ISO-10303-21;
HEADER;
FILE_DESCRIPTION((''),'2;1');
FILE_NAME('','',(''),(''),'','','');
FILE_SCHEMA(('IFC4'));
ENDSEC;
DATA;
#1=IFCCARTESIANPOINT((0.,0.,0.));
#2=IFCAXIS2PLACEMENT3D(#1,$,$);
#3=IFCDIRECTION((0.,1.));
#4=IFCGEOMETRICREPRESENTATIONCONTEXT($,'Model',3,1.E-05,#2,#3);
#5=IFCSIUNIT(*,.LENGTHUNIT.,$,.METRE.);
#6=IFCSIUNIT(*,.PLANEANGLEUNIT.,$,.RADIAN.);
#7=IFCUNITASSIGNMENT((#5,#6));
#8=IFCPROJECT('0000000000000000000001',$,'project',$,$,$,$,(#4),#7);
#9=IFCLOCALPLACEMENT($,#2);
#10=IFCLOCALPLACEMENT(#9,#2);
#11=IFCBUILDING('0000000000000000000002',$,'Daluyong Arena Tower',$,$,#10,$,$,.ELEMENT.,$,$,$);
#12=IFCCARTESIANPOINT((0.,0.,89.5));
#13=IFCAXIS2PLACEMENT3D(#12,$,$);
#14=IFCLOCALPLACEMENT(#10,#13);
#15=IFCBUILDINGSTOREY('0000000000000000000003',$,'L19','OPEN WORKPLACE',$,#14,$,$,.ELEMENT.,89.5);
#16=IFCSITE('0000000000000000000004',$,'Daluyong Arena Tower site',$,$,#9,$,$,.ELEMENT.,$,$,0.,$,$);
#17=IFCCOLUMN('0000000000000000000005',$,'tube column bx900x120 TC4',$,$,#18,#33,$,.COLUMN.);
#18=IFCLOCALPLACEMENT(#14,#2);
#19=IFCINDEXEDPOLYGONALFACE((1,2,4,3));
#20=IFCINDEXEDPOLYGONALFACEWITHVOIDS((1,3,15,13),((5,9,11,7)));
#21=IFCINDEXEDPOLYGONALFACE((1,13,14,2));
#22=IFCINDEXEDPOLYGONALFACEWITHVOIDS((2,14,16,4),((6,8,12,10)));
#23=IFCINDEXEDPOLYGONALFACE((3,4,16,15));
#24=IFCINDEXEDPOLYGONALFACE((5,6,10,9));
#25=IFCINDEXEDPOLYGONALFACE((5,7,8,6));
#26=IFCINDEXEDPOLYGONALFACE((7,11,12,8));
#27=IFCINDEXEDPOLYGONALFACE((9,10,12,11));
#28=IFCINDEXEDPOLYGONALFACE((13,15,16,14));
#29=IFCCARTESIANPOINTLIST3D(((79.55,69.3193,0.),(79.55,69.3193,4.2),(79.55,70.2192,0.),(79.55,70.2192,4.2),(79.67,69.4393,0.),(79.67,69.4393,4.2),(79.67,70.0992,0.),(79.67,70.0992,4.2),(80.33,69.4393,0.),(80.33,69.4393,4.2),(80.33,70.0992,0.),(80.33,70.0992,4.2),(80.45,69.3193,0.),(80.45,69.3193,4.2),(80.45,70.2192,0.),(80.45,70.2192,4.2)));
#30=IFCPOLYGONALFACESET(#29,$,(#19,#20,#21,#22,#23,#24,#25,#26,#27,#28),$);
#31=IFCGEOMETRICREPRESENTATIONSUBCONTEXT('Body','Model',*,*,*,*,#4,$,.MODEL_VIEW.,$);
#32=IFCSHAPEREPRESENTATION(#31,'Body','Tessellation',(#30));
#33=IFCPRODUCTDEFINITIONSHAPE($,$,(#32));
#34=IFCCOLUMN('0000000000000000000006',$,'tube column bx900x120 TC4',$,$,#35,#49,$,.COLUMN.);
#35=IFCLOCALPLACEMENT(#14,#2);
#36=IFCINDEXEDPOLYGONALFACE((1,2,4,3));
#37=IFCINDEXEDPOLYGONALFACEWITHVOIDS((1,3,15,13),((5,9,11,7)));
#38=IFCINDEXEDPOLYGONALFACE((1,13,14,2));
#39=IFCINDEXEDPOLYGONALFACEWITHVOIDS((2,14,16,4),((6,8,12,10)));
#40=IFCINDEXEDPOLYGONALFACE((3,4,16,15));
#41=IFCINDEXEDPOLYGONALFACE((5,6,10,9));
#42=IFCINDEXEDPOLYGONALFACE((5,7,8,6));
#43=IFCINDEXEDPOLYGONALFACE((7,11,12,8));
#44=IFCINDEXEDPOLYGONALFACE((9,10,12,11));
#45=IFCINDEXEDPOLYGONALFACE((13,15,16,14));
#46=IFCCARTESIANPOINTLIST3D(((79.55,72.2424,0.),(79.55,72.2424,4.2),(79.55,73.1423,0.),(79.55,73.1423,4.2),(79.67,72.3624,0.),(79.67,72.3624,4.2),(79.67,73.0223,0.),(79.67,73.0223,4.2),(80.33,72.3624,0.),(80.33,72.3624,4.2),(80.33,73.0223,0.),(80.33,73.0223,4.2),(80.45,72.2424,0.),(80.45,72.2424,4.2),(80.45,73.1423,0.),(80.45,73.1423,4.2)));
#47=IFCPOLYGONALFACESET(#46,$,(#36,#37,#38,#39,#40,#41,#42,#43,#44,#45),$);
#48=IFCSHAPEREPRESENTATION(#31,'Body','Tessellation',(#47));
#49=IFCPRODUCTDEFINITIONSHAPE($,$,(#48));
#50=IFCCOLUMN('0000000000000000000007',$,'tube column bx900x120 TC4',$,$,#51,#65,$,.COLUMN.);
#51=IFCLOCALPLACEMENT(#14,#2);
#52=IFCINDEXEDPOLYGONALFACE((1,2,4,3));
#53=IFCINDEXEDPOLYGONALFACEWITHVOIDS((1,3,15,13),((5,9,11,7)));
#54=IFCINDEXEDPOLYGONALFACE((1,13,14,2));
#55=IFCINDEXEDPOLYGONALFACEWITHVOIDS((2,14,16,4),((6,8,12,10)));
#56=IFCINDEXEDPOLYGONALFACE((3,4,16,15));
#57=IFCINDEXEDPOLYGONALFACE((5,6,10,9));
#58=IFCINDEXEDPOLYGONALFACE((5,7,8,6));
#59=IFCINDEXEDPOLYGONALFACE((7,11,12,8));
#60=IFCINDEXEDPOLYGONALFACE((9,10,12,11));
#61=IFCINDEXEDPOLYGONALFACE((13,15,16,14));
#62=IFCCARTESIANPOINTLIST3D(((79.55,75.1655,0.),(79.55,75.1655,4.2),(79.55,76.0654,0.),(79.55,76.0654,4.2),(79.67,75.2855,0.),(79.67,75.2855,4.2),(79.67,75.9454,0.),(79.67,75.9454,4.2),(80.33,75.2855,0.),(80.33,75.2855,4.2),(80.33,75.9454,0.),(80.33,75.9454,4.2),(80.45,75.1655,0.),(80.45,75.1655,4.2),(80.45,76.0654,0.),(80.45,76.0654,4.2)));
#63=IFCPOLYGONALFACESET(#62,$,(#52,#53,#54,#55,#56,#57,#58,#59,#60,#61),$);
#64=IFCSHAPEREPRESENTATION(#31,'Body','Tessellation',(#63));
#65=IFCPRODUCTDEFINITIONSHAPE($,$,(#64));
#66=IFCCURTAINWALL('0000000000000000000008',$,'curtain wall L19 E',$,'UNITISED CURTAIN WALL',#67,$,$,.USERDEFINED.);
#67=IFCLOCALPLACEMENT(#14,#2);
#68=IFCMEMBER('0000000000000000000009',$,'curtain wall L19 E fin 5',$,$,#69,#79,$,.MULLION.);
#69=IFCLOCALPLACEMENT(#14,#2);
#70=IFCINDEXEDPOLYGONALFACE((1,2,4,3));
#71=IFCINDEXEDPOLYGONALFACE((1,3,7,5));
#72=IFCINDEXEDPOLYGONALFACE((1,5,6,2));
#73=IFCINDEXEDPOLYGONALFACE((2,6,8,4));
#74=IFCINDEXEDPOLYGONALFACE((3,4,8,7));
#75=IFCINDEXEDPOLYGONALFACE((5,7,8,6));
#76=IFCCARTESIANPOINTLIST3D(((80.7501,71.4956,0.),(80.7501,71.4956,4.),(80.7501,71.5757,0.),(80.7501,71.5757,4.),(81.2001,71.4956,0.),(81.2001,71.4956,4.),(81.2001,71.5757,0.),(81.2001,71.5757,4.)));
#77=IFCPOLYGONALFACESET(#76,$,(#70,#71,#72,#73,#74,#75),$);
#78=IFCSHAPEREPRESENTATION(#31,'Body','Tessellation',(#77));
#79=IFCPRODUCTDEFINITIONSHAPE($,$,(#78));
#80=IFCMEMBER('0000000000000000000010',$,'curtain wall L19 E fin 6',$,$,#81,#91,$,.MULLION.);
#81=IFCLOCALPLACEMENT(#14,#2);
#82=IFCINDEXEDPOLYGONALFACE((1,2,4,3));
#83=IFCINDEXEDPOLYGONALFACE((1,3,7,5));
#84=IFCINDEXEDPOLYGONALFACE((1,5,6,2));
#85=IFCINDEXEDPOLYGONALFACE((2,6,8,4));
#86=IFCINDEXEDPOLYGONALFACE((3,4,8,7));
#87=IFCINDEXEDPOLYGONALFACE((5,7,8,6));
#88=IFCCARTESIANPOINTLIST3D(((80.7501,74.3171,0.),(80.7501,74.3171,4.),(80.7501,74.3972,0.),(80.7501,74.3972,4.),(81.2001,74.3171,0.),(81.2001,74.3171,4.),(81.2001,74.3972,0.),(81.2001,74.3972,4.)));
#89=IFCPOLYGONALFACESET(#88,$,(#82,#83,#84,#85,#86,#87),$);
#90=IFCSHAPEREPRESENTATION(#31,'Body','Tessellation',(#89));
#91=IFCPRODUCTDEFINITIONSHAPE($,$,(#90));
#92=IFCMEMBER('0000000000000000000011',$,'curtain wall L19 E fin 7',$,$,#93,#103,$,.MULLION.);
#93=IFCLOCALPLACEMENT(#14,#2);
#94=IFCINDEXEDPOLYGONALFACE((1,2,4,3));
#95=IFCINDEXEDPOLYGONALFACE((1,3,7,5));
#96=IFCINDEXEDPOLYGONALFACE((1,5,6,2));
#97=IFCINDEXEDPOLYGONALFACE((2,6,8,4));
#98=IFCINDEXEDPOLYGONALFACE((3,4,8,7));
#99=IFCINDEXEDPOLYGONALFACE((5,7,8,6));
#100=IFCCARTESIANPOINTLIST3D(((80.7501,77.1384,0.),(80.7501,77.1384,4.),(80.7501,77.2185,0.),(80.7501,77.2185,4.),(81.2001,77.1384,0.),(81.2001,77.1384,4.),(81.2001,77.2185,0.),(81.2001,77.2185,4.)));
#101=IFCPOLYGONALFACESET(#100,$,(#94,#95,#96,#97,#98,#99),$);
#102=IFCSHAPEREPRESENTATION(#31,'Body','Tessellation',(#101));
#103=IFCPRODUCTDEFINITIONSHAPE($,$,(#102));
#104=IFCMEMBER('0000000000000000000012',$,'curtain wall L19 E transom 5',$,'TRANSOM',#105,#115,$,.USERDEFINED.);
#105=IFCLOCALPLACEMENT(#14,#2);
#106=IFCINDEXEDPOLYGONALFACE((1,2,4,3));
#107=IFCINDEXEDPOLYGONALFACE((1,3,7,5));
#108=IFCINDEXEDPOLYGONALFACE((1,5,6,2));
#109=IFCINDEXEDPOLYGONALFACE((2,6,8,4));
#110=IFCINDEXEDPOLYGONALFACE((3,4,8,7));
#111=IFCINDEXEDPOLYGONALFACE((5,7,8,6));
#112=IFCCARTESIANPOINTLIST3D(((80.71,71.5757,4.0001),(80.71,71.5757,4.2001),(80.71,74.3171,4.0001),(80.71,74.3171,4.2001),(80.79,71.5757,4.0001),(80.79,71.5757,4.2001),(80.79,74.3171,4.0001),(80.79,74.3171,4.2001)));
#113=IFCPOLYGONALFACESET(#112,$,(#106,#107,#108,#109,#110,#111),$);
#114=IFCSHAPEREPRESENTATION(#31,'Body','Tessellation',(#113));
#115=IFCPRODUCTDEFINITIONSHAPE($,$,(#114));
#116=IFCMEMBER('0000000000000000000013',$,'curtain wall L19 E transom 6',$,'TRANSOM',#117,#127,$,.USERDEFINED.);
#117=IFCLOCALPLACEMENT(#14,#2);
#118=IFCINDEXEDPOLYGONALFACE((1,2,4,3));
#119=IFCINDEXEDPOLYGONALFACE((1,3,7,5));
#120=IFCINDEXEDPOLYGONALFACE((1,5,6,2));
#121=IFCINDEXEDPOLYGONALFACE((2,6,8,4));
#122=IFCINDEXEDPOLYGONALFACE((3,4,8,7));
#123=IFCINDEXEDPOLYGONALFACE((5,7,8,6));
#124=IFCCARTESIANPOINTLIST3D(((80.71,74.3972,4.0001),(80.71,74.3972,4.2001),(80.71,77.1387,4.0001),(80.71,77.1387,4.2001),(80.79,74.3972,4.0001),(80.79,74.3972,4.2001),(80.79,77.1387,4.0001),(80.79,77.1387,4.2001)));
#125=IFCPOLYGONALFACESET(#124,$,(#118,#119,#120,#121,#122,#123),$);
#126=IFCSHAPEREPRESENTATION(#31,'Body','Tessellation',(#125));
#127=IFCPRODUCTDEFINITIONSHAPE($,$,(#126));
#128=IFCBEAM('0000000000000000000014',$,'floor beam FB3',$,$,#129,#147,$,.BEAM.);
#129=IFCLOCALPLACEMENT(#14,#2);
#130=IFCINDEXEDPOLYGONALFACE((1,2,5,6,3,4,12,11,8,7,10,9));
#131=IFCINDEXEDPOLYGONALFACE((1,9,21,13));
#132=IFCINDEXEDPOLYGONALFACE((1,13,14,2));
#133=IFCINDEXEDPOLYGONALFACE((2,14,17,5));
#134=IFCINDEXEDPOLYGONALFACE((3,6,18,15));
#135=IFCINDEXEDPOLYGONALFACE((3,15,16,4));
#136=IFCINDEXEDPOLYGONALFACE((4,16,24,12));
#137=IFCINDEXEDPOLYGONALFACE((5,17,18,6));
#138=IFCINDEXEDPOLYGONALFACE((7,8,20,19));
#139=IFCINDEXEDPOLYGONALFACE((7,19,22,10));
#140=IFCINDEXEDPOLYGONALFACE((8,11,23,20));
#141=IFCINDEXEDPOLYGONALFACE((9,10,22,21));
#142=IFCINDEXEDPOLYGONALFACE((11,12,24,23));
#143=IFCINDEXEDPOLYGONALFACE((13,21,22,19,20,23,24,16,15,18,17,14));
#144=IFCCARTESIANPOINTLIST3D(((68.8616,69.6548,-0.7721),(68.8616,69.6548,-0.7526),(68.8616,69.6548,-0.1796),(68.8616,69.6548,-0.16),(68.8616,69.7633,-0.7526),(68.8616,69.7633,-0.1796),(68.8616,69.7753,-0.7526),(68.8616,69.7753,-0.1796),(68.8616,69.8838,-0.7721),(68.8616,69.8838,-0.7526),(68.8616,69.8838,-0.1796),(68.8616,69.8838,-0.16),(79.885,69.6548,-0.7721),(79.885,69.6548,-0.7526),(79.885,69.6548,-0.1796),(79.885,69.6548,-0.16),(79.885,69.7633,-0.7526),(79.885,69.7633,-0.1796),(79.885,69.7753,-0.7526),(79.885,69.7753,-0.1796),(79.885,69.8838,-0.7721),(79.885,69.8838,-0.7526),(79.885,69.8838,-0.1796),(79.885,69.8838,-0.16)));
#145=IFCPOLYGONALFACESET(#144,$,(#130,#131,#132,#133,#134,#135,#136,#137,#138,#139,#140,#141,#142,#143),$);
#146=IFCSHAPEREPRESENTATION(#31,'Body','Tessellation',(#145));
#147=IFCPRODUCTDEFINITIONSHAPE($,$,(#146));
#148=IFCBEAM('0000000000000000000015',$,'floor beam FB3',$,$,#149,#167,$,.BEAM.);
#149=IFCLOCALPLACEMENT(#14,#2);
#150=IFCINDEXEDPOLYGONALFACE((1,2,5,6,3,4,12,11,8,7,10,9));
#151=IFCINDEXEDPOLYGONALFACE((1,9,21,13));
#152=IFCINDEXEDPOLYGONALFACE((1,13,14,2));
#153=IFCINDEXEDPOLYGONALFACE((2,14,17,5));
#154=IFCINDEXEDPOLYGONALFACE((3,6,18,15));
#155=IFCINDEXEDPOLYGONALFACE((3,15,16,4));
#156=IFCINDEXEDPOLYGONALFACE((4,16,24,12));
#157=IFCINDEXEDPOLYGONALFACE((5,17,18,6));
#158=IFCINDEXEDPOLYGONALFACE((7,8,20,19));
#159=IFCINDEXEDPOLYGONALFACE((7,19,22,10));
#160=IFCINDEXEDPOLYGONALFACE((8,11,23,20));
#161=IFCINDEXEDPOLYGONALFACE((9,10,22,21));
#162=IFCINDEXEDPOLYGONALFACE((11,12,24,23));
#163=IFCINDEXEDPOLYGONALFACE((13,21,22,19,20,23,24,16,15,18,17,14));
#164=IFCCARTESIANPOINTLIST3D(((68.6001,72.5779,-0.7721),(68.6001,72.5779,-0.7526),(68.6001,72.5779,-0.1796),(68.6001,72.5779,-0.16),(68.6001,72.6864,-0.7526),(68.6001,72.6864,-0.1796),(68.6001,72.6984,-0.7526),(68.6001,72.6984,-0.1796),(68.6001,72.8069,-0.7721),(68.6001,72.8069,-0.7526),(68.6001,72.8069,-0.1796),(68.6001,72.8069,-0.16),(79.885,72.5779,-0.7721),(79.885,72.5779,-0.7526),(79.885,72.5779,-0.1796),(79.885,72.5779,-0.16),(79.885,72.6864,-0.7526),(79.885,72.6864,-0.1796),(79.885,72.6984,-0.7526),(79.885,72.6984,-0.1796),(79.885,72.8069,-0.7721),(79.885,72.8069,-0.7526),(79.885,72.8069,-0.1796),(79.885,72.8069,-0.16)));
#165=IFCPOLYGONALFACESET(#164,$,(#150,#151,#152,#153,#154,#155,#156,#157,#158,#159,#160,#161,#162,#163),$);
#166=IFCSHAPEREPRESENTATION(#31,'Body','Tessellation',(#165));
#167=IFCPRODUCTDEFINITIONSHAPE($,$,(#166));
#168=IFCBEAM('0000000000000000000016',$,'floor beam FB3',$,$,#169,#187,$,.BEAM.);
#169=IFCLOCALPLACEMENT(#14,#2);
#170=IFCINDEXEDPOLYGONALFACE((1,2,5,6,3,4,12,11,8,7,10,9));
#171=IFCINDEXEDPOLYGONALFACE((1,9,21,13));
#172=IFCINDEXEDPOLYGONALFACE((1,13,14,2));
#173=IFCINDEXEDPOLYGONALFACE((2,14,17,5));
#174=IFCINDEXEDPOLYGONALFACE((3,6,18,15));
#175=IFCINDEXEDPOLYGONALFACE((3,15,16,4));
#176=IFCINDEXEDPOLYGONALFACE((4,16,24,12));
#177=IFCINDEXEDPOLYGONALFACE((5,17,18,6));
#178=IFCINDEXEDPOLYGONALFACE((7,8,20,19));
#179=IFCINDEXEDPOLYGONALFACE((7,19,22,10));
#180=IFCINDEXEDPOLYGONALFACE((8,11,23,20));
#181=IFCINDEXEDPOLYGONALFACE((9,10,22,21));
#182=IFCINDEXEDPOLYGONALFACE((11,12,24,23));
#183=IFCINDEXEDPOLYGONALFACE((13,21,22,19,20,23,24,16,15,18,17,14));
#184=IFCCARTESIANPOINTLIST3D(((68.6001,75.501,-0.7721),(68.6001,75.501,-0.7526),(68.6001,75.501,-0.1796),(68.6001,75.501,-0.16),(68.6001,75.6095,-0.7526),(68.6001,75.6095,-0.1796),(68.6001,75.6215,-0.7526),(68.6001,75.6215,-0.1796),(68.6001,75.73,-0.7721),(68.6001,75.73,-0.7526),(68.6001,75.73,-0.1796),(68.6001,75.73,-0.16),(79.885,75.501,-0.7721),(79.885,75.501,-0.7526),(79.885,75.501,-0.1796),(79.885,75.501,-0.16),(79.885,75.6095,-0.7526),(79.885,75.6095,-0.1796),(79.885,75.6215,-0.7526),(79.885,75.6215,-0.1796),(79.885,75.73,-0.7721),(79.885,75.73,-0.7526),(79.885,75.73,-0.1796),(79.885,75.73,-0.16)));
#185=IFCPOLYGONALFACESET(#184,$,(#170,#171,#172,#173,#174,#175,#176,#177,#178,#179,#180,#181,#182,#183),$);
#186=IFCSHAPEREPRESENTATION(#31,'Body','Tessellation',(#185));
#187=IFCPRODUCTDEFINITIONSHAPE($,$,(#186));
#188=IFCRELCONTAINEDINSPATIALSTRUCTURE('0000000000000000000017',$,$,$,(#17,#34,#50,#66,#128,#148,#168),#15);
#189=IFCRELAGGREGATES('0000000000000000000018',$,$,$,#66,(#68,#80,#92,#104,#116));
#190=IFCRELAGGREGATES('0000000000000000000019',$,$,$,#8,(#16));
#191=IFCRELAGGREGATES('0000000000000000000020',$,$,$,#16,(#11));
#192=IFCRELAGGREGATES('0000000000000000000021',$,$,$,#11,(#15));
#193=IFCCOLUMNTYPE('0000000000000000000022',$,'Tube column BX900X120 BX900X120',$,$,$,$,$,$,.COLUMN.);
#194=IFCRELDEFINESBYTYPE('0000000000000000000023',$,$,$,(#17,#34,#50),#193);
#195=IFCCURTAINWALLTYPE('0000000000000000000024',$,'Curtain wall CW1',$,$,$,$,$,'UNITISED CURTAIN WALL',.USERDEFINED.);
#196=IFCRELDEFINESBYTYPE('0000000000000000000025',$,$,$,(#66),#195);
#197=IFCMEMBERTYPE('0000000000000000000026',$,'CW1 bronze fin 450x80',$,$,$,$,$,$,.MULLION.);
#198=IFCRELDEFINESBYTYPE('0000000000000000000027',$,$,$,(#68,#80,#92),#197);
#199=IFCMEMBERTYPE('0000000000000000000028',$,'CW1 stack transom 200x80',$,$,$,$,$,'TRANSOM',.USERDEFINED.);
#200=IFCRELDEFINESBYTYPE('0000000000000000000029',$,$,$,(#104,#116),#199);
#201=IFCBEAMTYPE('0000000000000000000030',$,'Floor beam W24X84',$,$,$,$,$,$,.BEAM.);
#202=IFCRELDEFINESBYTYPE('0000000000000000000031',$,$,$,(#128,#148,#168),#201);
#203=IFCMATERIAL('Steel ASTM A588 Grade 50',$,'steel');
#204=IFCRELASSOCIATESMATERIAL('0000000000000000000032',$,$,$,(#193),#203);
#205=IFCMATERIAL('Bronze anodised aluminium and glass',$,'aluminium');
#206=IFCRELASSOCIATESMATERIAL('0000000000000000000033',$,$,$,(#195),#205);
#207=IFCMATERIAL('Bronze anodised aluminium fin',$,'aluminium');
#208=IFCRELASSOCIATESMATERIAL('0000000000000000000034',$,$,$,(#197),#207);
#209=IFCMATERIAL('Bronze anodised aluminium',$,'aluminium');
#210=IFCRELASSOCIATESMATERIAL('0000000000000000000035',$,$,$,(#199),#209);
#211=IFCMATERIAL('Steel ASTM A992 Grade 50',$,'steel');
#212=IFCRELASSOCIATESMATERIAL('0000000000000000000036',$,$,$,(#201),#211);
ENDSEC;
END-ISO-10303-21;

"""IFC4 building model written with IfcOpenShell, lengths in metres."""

from ifc_helpers import new_model, si_unit, direction, frame, origin, origin_2d, place, context, subcontext, project, spatial, rectangle, hollow_rectangle, i_section, extrude, material, material_profile, profile_set, type_object, element, aggregate, save


model = new_model("IFC4")

# Units and contexts
model_context = context("Model", 3, precision=1e-05, world=origin(), true_north=direction((0.0, 1.0)))
body_context = subcontext(model_context, "Body", "Model", "MODEL_VIEW")
ifc_project = project(units=[si_unit("LENGTHUNIT", "METRE"), si_unit("PLANEANGLEUNIT", "RADIAN")], contexts=[model_context])

# Site, building, storey
site_placement = place(None, origin())
site = spatial("IfcSite", under=ifc_project, at=site_placement, Name="Daluyong Arena Tower site", CompositionType="ELEMENT", RefElevation=0.0)
building_placement = place(site_placement, origin())
building = spatial("IfcBuilding", under=site, at=building_placement, Name="Daluyong Arena Tower", CompositionType="ELEMENT")
storey_placement = place(building_placement, frame((0.0, 0.0, 89.5)))
storey = spatial("IfcBuildingStorey", under=building, at=storey_placement, Name="L19", Description="OPEN WORKPLACE", CompositionType="ELEMENT", Elevation=89.5)

# Columns
ifc_material_1 = material(Name="Steel ASTM A588 Grade 50", Category="steel")
ifc_material_profile_1 = material_profile(ifc_material_1, hollow_rectangle(XDim=0.8999, YDim=0.8999, WallThickness=0.12, at=origin_2d()))
ifc_profile_set_1 = profile_set([ifc_material_profile_1], Name="Steel ASTM A588 Grade 50")
column_type = type_object("IfcColumnType", Name="Tube column BX900X120 BX900X120", PredefinedType="COLUMN", material=ifc_profile_set_1)
for number, where, z_axis, x_axis, name in (
    (1, (80.0, 69.7693, 0.0), (0.0, 0.0, 1.0), (0.0, 1.0, 0.0), "tube column bx900x120 TC4"),
    (2, (80.0, 72.6924, 0.0), (0.0, 0.0, 1.0), (0.0, 1.0, 0.0), "tube column bx900x120 TC4"),
    (3, (80.0, 75.6155, 0.0), (0.0, 0.0, 1.0), (0.0, 1.0, 0.0), "tube column bx900x120 TC4"),
):
    element("IfcColumn", number, at=place(storey_placement, frame(where, z_axis=z_axis, x_axis=x_axis)), inside=storey, type_object=column_type, Name=name, PredefinedType="COLUMN", context=body_context, shape_type="SweptSolid", body=[
        extrude(hollow_rectangle(XDim=0.8999, YDim=0.8999, WallThickness=0.12, at=origin_2d()), origin(), (0.0, 0.0, 1.0), 4.2),
    ])

# Curtain wall, members
ifc_material_2 = material(Name="Bronze anodised aluminium and glass", Category="aluminium")
curtain_wall_type = type_object("IfcCurtainWallType", Name="Curtain wall CW1", ElementType="UNITISED CURTAIN WALL", PredefinedType="USERDEFINED", material=ifc_material_2)
curtain_wall_placement = place(storey_placement, origin())
curtain_wall = element("IfcCurtainWall", 4, at=curtain_wall_placement, inside=storey, type_object=curtain_wall_type, Name="curtain wall L19 E", ObjectType="UNITISED CURTAIN WALL", PredefinedType="USERDEFINED")
ifc_material_3 = material(Name="Bronze anodised aluminium fin", Category="aluminium")
ifc_material_profile_2 = material_profile(ifc_material_3, rectangle(XDim=0.45, YDim=0.0801, at=origin_2d()))
ifc_profile_set_2 = profile_set([ifc_material_profile_2], Name="Bronze anodised aluminium fin")
member_type_1 = type_object("IfcMemberType", Name="CW1 bronze fin 450x80", PredefinedType="MULLION", material=ifc_profile_set_2)
member_1_placement = place(storey_placement, frame((80.9751, 71.5356, 0.0), z_axis=(0.0, 0.0, 1.0), x_axis=(-1.0, 0.0, 0.0)))
member_1 = element("IfcMember", 5, at=member_1_placement, type_object=member_type_1, Name="curtain wall L19 E fin 5", PredefinedType="MULLION", context=body_context, shape_type="SweptSolid", body=[
    extrude(rectangle(XDim=0.45, YDim=0.0801, at=origin_2d()), origin(), (0.0, 0.0, 1.0), 4.0),
])
member_2_placement = place(storey_placement, frame((80.9751, 74.3572, 0.0), z_axis=(0.0, 0.0, 1.0), x_axis=(-1.0, 0.0, 0.0)))
member_2 = element("IfcMember", 6, at=member_2_placement, type_object=member_type_1, Name="curtain wall L19 E fin 6", PredefinedType="MULLION", context=body_context, shape_type="SweptSolid", body=[
    extrude(rectangle(XDim=0.45, YDim=0.0801, at=origin_2d()), origin(), (0.0, 0.0, 1.0), 4.0),
])
member_3_placement = place(storey_placement, frame((80.9751, 77.1785, 0.0), z_axis=(0.0, 0.0, 1.0), x_axis=(-1.0, 0.0, 0.0)))
member_3 = element("IfcMember", 7, at=member_3_placement, type_object=member_type_1, Name="curtain wall L19 E fin 7", PredefinedType="MULLION", context=body_context, shape_type="SweptSolid", body=[
    extrude(rectangle(XDim=0.45, YDim=0.0801, at=origin_2d()), origin(), (0.0, 0.0, 1.0), 4.0),
])
ifc_material_4 = material(Name="Bronze anodised aluminium", Category="aluminium")
ifc_material_profile_3 = material_profile(ifc_material_4, rectangle(XDim=0.0801, YDim=0.2, at=origin_2d()))
ifc_profile_set_3 = profile_set([ifc_material_profile_3], Name="Bronze anodised aluminium")
member_type_2 = type_object("IfcMemberType", Name="CW1 stack transom 200x80", ElementType="TRANSOM", PredefinedType="USERDEFINED", material=ifc_profile_set_3)
member_4_placement = place(storey_placement, frame((80.75, 71.5757, 4.1001), z_axis=(0.0, 1.0, 0.0), x_axis=(-1.0, 0.0, 0.0)))
member_4 = element("IfcMember", 8, at=member_4_placement, type_object=member_type_2, Name="curtain wall L19 E transom 5", ObjectType="TRANSOM", PredefinedType="USERDEFINED", context=body_context, shape_type="SweptSolid", body=[
    extrude(rectangle(XDim=0.0801, YDim=0.2, at=origin_2d()), origin(), (0.0, 0.0, 1.0), 2.7415),
])
member_5_placement = place(storey_placement, frame((80.75, 74.3972, 4.1001), z_axis=(0.0, 1.0, 0.0), x_axis=(-1.0, 0.0, 0.0)))
member_5 = element("IfcMember", 9, at=member_5_placement, type_object=member_type_2, Name="curtain wall L19 E transom 6", ObjectType="TRANSOM", PredefinedType="USERDEFINED", context=body_context, shape_type="SweptSolid", body=[
    extrude(rectangle(XDim=0.0801, YDim=0.2, at=origin_2d()), origin(), (0.0, 0.0, 1.0), 2.7415),
])

# Beams
ifc_material_5 = material(Name="Steel ASTM A992 Grade 50", Category="steel")
ifc_material_profile_4 = material_profile(ifc_material_5, i_section(OverallWidth=0.229, OverallDepth=0.6121, WebThickness=0.012, FlangeThickness=0.0195, at=origin_2d()))
ifc_profile_set_4 = profile_set([ifc_material_profile_4], Name="Steel ASTM A992 Grade 50")
beam_type_1 = type_object("IfcBeamType", Name="Floor beam W24X84", PredefinedType="BEAM", material=ifc_profile_set_4)
beam_placement = place(storey_placement, frame((79.885, 69.7693, -0.4661), z_axis=(-1.0, 0.0, 0.0), x_axis=(0.0, -1.0, 0.0)))
element("IfcBeam", 10, at=beam_placement, inside=storey, type_object=beam_type_1, Name="floor beam FB3", PredefinedType="BEAM", context=body_context, shape_type="SweptSolid", body=[
    extrude(i_section(OverallWidth=0.229, OverallDepth=0.6121, WebThickness=0.012, FlangeThickness=0.0195, at=origin_2d()), origin(), (0.0, 0.0, 1.0), 11.0234),
])
for number, where, z_axis, x_axis, name in (
    (11, (79.885, 72.6924, -0.4661), (-1.0, 0.0, 0.0), (0.0, -1.0, 0.0), "floor beam FB3"),
    (12, (79.885, 75.6155, -0.4661), (-1.0, 0.0, 0.0), (0.0, -1.0, 0.0), "floor beam FB3"),
):
    element("IfcBeam", number, at=place(storey_placement, frame(where, z_axis=z_axis, x_axis=x_axis)), inside=storey, type_object=beam_type_1, Name=name, PredefinedType="BEAM", context=body_context, shape_type="SweptSolid", body=[
        extrude(i_section(OverallWidth=0.229, OverallDepth=0.6121, WebThickness=0.012, FlangeThickness=0.0195, at=origin_2d()), origin(), (0.0, 0.0, 1.0), 11.2849),
    ])

aggregate(curtain_wall, [member_1, member_2, member_3, member_4, member_5])

save(model, "model.ifc")
